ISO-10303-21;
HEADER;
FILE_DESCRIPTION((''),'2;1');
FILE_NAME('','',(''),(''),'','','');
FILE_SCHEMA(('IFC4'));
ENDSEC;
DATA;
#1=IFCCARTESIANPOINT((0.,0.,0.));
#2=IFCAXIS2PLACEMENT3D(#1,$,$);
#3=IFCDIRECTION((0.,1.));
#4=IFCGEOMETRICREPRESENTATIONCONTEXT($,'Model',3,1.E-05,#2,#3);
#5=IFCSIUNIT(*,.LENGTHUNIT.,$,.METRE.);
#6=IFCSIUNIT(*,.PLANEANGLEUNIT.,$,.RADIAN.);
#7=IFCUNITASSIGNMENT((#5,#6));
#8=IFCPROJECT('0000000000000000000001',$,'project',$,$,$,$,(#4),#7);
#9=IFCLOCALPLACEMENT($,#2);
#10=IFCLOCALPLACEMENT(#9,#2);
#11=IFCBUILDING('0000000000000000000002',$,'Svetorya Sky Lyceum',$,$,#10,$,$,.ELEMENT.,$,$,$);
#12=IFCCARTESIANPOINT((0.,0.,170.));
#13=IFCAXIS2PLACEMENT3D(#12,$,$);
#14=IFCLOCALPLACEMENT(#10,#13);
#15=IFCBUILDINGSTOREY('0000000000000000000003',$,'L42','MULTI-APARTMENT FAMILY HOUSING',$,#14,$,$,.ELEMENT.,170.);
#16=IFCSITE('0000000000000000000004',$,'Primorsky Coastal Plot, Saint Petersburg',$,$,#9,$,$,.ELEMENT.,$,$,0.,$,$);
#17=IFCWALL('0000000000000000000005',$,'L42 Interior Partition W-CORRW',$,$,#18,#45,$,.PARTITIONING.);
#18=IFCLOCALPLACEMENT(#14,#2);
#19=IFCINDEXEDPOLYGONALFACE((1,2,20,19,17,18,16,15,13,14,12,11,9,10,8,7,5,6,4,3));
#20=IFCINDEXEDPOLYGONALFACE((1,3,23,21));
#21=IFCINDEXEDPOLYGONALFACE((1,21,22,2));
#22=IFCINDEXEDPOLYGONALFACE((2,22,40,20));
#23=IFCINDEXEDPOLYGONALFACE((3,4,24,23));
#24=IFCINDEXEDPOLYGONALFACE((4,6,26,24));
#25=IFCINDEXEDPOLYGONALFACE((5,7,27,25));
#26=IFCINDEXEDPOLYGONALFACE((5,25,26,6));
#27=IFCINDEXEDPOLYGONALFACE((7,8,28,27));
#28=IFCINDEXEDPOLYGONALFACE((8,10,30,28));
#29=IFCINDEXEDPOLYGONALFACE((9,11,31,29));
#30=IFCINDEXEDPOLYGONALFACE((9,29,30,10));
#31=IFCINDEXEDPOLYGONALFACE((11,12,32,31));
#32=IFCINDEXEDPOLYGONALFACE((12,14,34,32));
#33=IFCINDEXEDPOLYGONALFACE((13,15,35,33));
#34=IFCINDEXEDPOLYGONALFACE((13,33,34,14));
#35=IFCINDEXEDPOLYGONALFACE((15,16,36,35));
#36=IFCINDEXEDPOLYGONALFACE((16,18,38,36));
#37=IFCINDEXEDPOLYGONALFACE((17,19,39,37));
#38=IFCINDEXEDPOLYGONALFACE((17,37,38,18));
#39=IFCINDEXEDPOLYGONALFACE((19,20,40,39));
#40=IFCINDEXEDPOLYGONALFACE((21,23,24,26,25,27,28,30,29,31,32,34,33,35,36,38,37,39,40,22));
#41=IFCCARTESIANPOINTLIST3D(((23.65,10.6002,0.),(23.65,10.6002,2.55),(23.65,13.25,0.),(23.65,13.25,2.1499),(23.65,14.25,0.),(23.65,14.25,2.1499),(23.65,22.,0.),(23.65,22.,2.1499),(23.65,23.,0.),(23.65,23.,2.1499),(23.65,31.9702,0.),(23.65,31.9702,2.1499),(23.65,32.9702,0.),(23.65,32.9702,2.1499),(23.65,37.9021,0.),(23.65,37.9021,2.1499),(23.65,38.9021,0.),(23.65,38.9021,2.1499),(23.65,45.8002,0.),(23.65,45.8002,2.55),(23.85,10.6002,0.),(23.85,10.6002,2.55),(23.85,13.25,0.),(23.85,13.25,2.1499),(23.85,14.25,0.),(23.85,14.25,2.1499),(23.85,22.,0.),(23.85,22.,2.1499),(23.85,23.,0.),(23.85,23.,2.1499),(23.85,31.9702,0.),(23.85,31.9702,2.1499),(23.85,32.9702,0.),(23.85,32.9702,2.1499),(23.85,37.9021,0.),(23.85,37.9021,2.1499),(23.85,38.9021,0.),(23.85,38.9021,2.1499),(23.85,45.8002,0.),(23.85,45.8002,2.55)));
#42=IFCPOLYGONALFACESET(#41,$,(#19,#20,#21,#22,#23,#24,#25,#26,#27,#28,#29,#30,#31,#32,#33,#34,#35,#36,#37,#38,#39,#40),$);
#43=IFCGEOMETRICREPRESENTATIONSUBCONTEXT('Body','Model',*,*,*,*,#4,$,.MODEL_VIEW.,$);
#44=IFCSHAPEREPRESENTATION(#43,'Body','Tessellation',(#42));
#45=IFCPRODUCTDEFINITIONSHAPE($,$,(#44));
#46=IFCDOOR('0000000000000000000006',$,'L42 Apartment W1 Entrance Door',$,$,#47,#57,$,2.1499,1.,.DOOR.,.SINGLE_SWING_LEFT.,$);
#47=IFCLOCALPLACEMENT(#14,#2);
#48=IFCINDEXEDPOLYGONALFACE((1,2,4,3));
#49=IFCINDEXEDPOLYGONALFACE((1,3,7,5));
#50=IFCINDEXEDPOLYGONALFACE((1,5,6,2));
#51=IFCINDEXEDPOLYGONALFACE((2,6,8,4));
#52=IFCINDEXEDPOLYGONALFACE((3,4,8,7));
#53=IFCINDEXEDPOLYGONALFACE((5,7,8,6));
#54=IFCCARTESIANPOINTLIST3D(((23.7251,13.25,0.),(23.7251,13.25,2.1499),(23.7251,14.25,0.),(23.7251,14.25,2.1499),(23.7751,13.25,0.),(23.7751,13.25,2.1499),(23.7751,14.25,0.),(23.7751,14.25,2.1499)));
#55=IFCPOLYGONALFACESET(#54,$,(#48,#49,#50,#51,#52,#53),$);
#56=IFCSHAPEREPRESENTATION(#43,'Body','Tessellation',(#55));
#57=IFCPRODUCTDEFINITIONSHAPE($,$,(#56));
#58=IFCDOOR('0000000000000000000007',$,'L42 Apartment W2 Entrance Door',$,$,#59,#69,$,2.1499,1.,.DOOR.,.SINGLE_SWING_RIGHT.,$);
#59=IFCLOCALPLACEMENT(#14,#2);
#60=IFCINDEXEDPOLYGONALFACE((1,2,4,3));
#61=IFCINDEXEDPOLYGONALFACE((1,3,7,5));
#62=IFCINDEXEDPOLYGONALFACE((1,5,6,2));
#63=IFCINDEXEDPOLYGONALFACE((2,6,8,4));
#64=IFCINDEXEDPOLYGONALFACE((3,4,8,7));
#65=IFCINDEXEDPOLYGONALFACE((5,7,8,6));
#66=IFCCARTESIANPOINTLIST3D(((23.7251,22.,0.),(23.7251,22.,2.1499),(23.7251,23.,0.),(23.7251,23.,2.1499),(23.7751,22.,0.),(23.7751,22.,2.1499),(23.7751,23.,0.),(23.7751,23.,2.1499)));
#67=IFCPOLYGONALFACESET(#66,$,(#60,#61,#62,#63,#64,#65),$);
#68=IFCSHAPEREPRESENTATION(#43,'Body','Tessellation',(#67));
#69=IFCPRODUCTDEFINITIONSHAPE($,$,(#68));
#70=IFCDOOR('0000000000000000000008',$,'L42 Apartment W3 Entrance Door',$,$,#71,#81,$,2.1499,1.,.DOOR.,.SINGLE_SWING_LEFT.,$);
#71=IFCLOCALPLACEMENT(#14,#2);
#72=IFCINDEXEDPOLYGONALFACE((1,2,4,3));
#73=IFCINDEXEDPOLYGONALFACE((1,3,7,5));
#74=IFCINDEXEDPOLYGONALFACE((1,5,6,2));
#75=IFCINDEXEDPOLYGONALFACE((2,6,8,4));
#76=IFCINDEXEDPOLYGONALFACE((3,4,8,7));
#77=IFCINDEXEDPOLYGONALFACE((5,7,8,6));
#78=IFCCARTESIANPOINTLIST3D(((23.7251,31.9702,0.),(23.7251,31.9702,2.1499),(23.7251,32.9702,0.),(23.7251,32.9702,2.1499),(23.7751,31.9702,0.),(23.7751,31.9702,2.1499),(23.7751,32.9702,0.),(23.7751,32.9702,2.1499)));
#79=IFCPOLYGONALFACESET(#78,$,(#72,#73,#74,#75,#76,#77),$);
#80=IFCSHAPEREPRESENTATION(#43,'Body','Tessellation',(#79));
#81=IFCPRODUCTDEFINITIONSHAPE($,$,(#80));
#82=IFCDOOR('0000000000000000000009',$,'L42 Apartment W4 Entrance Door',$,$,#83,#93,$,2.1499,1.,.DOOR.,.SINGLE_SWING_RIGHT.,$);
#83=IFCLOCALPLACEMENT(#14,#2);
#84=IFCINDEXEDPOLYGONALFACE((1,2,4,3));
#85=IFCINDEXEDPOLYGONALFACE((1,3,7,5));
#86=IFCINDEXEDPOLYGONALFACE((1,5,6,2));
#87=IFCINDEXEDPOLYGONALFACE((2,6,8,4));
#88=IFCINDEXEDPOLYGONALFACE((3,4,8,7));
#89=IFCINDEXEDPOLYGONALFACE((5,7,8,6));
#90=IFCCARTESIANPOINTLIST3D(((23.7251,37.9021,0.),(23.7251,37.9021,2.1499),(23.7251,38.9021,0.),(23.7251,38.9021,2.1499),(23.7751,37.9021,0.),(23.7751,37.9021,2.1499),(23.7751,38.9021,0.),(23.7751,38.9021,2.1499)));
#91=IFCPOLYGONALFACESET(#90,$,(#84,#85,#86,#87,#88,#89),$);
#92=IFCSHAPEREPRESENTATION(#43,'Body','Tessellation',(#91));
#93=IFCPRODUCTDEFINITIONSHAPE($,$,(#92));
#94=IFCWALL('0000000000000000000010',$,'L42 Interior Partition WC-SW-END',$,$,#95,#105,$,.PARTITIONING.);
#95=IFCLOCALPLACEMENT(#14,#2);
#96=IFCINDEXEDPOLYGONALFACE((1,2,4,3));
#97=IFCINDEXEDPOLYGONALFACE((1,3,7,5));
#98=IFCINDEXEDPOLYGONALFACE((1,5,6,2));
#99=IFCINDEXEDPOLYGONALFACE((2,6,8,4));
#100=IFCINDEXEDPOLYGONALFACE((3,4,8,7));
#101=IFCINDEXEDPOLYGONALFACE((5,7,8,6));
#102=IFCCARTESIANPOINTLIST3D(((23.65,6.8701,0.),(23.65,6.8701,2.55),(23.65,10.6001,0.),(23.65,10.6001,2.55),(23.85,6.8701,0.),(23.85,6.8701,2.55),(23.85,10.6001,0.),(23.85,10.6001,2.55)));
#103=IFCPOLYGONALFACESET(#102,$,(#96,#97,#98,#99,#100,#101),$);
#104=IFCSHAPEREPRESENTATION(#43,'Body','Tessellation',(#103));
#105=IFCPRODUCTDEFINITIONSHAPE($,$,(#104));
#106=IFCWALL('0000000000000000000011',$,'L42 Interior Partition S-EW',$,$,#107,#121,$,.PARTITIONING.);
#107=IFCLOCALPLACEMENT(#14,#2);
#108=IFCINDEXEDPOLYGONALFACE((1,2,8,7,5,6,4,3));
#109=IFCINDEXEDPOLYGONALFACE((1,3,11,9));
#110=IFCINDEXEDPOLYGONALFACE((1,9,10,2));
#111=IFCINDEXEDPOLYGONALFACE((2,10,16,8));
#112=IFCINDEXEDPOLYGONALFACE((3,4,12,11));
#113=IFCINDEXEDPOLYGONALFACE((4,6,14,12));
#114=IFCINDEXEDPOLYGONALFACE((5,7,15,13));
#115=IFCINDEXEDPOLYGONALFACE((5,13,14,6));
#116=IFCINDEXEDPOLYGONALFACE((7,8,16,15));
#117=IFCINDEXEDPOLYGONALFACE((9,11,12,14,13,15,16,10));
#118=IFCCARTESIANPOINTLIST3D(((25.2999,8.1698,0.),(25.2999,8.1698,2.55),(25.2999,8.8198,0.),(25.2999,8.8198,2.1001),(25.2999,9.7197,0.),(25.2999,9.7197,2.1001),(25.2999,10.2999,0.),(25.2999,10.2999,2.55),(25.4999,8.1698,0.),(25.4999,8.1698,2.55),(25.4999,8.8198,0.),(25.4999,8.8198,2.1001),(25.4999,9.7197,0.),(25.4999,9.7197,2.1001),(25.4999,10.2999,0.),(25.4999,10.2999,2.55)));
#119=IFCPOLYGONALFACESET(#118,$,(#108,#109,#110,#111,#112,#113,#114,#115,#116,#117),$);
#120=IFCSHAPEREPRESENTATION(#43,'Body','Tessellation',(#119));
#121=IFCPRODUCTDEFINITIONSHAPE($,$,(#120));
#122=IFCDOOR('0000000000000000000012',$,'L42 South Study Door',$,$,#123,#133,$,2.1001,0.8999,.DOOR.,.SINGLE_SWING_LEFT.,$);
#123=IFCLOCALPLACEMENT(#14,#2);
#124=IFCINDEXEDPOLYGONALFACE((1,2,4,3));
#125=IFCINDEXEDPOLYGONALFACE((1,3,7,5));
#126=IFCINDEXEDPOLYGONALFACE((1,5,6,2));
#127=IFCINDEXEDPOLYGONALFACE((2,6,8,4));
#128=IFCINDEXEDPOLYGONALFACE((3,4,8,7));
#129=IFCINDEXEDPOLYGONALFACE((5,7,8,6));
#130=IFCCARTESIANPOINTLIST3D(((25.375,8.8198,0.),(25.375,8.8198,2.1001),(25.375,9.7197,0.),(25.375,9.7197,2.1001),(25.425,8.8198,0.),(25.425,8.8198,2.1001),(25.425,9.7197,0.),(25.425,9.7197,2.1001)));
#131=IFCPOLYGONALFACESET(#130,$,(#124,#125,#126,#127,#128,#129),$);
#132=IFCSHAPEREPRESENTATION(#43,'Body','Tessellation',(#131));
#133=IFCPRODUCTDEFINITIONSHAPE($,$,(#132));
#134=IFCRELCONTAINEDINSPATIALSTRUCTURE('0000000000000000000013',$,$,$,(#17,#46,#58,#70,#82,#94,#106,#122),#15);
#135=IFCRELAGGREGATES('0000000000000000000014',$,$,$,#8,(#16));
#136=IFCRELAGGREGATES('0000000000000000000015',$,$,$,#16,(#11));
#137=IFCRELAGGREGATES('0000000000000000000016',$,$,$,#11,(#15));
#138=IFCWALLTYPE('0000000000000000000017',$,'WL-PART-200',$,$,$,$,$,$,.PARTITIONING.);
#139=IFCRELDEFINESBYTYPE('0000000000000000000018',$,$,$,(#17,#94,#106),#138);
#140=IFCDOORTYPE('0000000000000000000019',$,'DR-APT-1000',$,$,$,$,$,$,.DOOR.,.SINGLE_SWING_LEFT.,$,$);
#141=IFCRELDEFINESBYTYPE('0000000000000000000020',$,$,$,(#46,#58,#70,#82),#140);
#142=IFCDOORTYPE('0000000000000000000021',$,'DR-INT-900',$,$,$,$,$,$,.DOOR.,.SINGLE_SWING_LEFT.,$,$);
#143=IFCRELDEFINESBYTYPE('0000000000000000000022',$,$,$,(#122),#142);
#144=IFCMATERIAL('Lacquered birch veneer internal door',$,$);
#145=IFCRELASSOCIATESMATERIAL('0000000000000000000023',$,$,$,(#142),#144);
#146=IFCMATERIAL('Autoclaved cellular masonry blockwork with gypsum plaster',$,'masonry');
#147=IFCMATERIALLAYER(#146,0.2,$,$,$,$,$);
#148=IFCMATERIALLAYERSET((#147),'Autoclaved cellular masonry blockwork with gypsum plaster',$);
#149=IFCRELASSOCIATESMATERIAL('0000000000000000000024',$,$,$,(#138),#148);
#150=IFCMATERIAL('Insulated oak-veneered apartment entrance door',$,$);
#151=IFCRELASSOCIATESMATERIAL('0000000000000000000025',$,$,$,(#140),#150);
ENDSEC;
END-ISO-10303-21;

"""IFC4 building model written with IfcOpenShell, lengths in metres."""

from ifc_helpers import new_model, si_unit, direction, frame, frame_2d, origin, place, context, subcontext, project, spatial, rectangle, extrude, material, layer, layer_set, type_object, element, fill, save


model = new_model("IFC4")

# Units and contexts
model_context = context("Model", 3, precision=1e-05, world=origin(), true_north=direction((0.0, 1.0)))
body_context = subcontext(model_context, "Body", "Model", "MODEL_VIEW")
ifc_project = project(units=[si_unit("LENGTHUNIT", "METRE"), si_unit("PLANEANGLEUNIT", "RADIAN")], contexts=[model_context])

# Site, building, storey
site_placement = place(None, origin())
site = spatial("IfcSite", under=ifc_project, at=site_placement, Name="Primorsky Coastal Plot, Saint Petersburg", CompositionType="ELEMENT", RefElevation=0.0)
building_placement = place(site_placement, origin())
building = spatial("IfcBuilding", under=site, at=building_placement, Name="Svetorya Sky Lyceum", CompositionType="ELEMENT")
storey_placement = place(building_placement, frame((0.0, 0.0, 170.0)))
storey = spatial("IfcBuildingStorey", under=building, at=storey_placement, Name="L42", Description="MULTI-APARTMENT FAMILY HOUSING", CompositionType="ELEMENT", Elevation=170.0)

# Shared definitions
ifc_material_1 = material(Name="Lacquered birch veneer internal door")
door_type_1 = type_object("IfcDoorType", Name="DR-INT-900", OperationType="SINGLE_SWING_LEFT", PredefinedType="DOOR", material=ifc_material_1)

# Shared definitions
ifc_material_2 = material(Name="Autoclaved cellular masonry blockwork with gypsum plaster", Category="masonry")
ifc_layer_1 = layer(ifc_material_2, 0.2)
ifc_layer_set_1 = layer_set([ifc_layer_1], Name="Autoclaved cellular masonry blockwork with gypsum plaster")
wall_type_1 = type_object("IfcWallType", Name="WL-PART-200", PredefinedType="PARTITIONING", material=ifc_layer_set_1)

# Wall, openings, doors
wall_1_placement = place(storey_placement, frame((23.75, 10.6001, 0.0), z_axis=(0.0, 0.0, 1.0), x_axis=(0.0, 1.0, 0.0)))
wall_1 = element("IfcWall", 1, at=wall_1_placement, inside=storey, type_object=wall_type_1, Name="L42 Interior Partition W-CORRW", PredefinedType="PARTITIONING", context=body_context, shape_type="SweptSolid", body=[
    extrude(rectangle(XDim=35.2, YDim=0.2, at=frame_2d((17.6001, 0.0))), origin(), (0.0, 0.0, 1.0), 2.55),
])
opening_1_placement = place(wall_1_placement, frame((2.6499, 0.0, 0.0)))
opening_1 = element("IfcOpeningElement", 2, at=opening_1_placement, cuts=wall_1, PredefinedType="OPENING", context=body_context, shape_type="SweptSolid", body=[
    extrude(rectangle(XDim=1.0, YDim=2.1499, at=frame_2d((0.5, 1.075))), frame((0.0, 0.1099, 0.0), z_axis=(0.0, -1.0, 0.0), x_axis=(1.0, 0.0, 0.0)), (0.0, 0.0, 1.0), 0.22),
])
opening_2_placement = place(wall_1_placement, frame((11.3999, 0.0, 0.0)))
opening_2 = element("IfcOpeningElement", 3, at=opening_2_placement, cuts=wall_1, PredefinedType="OPENING", context=body_context, shape_type="SweptSolid", body=[
    extrude(rectangle(XDim=1.0, YDim=2.1499, at=frame_2d((0.5, 1.075))), frame((0.0, 0.1099, 0.0), z_axis=(0.0, -1.0, 0.0), x_axis=(1.0, 0.0, 0.0)), (0.0, 0.0, 1.0), 0.22),
])
opening_3_placement = place(wall_1_placement, frame((21.3701, 0.0, 0.0)))
opening_3 = element("IfcOpeningElement", 4, at=opening_3_placement, cuts=wall_1, PredefinedType="OPENING", context=body_context, shape_type="SweptSolid", body=[
    extrude(rectangle(XDim=1.0, YDim=2.1499, at=frame_2d((0.5, 1.075))), frame((0.0, 0.1099, 0.0), z_axis=(0.0, -1.0, 0.0), x_axis=(1.0, 0.0, 0.0)), (0.0, 0.0, 1.0), 0.22),
])
opening_4_placement = place(wall_1_placement, frame((27.302, 0.0, 0.0)))
opening_4 = element("IfcOpeningElement", 5, at=opening_4_placement, cuts=wall_1, PredefinedType="OPENING", context=body_context, shape_type="SweptSolid", body=[
    extrude(rectangle(XDim=1.0, YDim=2.1499, at=frame_2d((0.5, 1.075))), frame((0.0, 0.1099, 0.0), z_axis=(0.0, -1.0, 0.0), x_axis=(1.0, 0.0, 0.0)), (0.0, 0.0, 1.0), 0.22),
])
ifc_material_3 = material(Name="Insulated oak-veneered apartment entrance door")
door_type_2 = type_object("IfcDoorType", Name="DR-APT-1000", OperationType="SINGLE_SWING_LEFT", PredefinedType="DOOR", material=ifc_material_3)
door_1_placement = place(opening_1_placement, origin())
door_1 = element("IfcDoor", 6, at=door_1_placement, inside=storey, type_object=door_type_2, Name="L42 Apartment W1 Entrance Door", OperationType="SINGLE_SWING_LEFT", OverallHeight=2.1499, OverallWidth=1.0, PredefinedType="DOOR", context=body_context, shape_type="SweptSolid", body=[
    extrude(rectangle(XDim=1.0, YDim=2.1499, at=frame_2d((0.5, 1.075))), frame((0.0, 0.0249, 0.0), z_axis=(0.0, -1.0, 0.0), x_axis=(1.0, 0.0, 0.0)), (0.0, 0.0, 1.0), 0.05),
])
fill(opening_1, door_1)
door_2_placement = place(opening_2_placement, origin())
door_2 = element("IfcDoor", 7, at=door_2_placement, inside=storey, type_object=door_type_2, Name="L42 Apartment W2 Entrance Door", OperationType="SINGLE_SWING_RIGHT", OverallHeight=2.1499, OverallWidth=1.0, PredefinedType="DOOR", context=body_context, shape_type="SweptSolid", body=[
    extrude(rectangle(XDim=1.0, YDim=2.1499, at=frame_2d((0.5, 1.075))), frame((0.0, 0.0249, 0.0), z_axis=(0.0, -1.0, 0.0), x_axis=(1.0, 0.0, 0.0)), (0.0, 0.0, 1.0), 0.05),
])
fill(opening_2, door_2)
door_3_placement = place(opening_3_placement, origin())
door_3 = element("IfcDoor", 8, at=door_3_placement, inside=storey, type_object=door_type_2, Name="L42 Apartment W3 Entrance Door", OperationType="SINGLE_SWING_LEFT", OverallHeight=2.1499, OverallWidth=1.0, PredefinedType="DOOR", context=body_context, shape_type="SweptSolid", body=[
    extrude(rectangle(XDim=1.0, YDim=2.1499, at=frame_2d((0.5, 1.075))), frame((0.0, 0.0249, 0.0), z_axis=(0.0, -1.0, 0.0), x_axis=(1.0, 0.0, 0.0)), (0.0, 0.0, 1.0), 0.05),
])
fill(opening_3, door_3)
door_4_placement = place(opening_4_placement, origin())
door_4 = element("IfcDoor", 9, at=door_4_placement, inside=storey, type_object=door_type_2, Name="L42 Apartment W4 Entrance Door", OperationType="SINGLE_SWING_RIGHT", OverallHeight=2.1499, OverallWidth=1.0, PredefinedType="DOOR", context=body_context, shape_type="SweptSolid", body=[
    extrude(rectangle(XDim=1.0, YDim=2.1499, at=frame_2d((0.5, 1.075))), frame((0.0, 0.0249, 0.0), z_axis=(0.0, -1.0, 0.0), x_axis=(1.0, 0.0, 0.0)), (0.0, 0.0, 1.0), 0.05),
])
fill(opening_4, door_4)

# Wall
wall_2_placement = place(storey_placement, frame((23.75, 6.8701, 0.0), z_axis=(0.0, 0.0, 1.0), x_axis=(0.0, 1.0, 0.0)))
element("IfcWall", 10, at=wall_2_placement, inside=storey, type_object=wall_type_1, Name="L42 Interior Partition WC-SW-END", PredefinedType="PARTITIONING", context=body_context, shape_type="SweptSolid", body=[
    extrude(rectangle(XDim=3.73, YDim=0.2, at=frame_2d((1.865, 0.0))), origin(), (0.0, 0.0, 1.0), 2.55),
])

# Wall, opening, door
wall_3_placement = place(storey_placement, frame((25.3999, 8.1699, 0.0), z_axis=(0.0, 0.0, 1.0), x_axis=(0.0, 1.0, 0.0)))
wall_3 = element("IfcWall", 11, at=wall_3_placement, inside=storey, type_object=wall_type_1, Name="L42 Interior Partition S-EW", PredefinedType="PARTITIONING", context=body_context, shape_type="SweptSolid", body=[
    extrude(rectangle(XDim=2.1301, YDim=0.2, at=frame_2d((1.0649, 0.0))), origin(), (0.0, 0.0, 1.0), 2.55),
])
opening_5_placement = place(wall_3_placement, frame((0.6499, 0.0, 0.0)))
opening_5 = element("IfcOpeningElement", 12, at=opening_5_placement, cuts=wall_3, PredefinedType="OPENING", context=body_context, shape_type="SweptSolid", body=[
    extrude(rectangle(XDim=0.8999, YDim=2.1001, at=frame_2d((0.45, 1.05))), frame((0.0, 0.1099, 0.0), z_axis=(0.0, -1.0, 0.0), x_axis=(1.0, 0.0, 0.0)), (0.0, 0.0, 1.0), 0.22),
])
door_5_placement = place(opening_5_placement, origin())
door_5 = element("IfcDoor", 13, at=door_5_placement, inside=storey, type_object=door_type_1, Name="L42 South Study Door", OperationType="SINGLE_SWING_LEFT", OverallHeight=2.1001, OverallWidth=0.8999, PredefinedType="DOOR", context=body_context, shape_type="SweptSolid", body=[
    extrude(rectangle(XDim=0.8999, YDim=2.1001, at=frame_2d((0.45, 1.05))), frame((0.0, 0.0249, 0.0), z_axis=(0.0, -1.0, 0.0), x_axis=(1.0, 0.0, 0.0)), (0.0, 0.0, 1.0), 0.05),
])
fill(opening_5, door_5)

save(model, "model.ifc")
